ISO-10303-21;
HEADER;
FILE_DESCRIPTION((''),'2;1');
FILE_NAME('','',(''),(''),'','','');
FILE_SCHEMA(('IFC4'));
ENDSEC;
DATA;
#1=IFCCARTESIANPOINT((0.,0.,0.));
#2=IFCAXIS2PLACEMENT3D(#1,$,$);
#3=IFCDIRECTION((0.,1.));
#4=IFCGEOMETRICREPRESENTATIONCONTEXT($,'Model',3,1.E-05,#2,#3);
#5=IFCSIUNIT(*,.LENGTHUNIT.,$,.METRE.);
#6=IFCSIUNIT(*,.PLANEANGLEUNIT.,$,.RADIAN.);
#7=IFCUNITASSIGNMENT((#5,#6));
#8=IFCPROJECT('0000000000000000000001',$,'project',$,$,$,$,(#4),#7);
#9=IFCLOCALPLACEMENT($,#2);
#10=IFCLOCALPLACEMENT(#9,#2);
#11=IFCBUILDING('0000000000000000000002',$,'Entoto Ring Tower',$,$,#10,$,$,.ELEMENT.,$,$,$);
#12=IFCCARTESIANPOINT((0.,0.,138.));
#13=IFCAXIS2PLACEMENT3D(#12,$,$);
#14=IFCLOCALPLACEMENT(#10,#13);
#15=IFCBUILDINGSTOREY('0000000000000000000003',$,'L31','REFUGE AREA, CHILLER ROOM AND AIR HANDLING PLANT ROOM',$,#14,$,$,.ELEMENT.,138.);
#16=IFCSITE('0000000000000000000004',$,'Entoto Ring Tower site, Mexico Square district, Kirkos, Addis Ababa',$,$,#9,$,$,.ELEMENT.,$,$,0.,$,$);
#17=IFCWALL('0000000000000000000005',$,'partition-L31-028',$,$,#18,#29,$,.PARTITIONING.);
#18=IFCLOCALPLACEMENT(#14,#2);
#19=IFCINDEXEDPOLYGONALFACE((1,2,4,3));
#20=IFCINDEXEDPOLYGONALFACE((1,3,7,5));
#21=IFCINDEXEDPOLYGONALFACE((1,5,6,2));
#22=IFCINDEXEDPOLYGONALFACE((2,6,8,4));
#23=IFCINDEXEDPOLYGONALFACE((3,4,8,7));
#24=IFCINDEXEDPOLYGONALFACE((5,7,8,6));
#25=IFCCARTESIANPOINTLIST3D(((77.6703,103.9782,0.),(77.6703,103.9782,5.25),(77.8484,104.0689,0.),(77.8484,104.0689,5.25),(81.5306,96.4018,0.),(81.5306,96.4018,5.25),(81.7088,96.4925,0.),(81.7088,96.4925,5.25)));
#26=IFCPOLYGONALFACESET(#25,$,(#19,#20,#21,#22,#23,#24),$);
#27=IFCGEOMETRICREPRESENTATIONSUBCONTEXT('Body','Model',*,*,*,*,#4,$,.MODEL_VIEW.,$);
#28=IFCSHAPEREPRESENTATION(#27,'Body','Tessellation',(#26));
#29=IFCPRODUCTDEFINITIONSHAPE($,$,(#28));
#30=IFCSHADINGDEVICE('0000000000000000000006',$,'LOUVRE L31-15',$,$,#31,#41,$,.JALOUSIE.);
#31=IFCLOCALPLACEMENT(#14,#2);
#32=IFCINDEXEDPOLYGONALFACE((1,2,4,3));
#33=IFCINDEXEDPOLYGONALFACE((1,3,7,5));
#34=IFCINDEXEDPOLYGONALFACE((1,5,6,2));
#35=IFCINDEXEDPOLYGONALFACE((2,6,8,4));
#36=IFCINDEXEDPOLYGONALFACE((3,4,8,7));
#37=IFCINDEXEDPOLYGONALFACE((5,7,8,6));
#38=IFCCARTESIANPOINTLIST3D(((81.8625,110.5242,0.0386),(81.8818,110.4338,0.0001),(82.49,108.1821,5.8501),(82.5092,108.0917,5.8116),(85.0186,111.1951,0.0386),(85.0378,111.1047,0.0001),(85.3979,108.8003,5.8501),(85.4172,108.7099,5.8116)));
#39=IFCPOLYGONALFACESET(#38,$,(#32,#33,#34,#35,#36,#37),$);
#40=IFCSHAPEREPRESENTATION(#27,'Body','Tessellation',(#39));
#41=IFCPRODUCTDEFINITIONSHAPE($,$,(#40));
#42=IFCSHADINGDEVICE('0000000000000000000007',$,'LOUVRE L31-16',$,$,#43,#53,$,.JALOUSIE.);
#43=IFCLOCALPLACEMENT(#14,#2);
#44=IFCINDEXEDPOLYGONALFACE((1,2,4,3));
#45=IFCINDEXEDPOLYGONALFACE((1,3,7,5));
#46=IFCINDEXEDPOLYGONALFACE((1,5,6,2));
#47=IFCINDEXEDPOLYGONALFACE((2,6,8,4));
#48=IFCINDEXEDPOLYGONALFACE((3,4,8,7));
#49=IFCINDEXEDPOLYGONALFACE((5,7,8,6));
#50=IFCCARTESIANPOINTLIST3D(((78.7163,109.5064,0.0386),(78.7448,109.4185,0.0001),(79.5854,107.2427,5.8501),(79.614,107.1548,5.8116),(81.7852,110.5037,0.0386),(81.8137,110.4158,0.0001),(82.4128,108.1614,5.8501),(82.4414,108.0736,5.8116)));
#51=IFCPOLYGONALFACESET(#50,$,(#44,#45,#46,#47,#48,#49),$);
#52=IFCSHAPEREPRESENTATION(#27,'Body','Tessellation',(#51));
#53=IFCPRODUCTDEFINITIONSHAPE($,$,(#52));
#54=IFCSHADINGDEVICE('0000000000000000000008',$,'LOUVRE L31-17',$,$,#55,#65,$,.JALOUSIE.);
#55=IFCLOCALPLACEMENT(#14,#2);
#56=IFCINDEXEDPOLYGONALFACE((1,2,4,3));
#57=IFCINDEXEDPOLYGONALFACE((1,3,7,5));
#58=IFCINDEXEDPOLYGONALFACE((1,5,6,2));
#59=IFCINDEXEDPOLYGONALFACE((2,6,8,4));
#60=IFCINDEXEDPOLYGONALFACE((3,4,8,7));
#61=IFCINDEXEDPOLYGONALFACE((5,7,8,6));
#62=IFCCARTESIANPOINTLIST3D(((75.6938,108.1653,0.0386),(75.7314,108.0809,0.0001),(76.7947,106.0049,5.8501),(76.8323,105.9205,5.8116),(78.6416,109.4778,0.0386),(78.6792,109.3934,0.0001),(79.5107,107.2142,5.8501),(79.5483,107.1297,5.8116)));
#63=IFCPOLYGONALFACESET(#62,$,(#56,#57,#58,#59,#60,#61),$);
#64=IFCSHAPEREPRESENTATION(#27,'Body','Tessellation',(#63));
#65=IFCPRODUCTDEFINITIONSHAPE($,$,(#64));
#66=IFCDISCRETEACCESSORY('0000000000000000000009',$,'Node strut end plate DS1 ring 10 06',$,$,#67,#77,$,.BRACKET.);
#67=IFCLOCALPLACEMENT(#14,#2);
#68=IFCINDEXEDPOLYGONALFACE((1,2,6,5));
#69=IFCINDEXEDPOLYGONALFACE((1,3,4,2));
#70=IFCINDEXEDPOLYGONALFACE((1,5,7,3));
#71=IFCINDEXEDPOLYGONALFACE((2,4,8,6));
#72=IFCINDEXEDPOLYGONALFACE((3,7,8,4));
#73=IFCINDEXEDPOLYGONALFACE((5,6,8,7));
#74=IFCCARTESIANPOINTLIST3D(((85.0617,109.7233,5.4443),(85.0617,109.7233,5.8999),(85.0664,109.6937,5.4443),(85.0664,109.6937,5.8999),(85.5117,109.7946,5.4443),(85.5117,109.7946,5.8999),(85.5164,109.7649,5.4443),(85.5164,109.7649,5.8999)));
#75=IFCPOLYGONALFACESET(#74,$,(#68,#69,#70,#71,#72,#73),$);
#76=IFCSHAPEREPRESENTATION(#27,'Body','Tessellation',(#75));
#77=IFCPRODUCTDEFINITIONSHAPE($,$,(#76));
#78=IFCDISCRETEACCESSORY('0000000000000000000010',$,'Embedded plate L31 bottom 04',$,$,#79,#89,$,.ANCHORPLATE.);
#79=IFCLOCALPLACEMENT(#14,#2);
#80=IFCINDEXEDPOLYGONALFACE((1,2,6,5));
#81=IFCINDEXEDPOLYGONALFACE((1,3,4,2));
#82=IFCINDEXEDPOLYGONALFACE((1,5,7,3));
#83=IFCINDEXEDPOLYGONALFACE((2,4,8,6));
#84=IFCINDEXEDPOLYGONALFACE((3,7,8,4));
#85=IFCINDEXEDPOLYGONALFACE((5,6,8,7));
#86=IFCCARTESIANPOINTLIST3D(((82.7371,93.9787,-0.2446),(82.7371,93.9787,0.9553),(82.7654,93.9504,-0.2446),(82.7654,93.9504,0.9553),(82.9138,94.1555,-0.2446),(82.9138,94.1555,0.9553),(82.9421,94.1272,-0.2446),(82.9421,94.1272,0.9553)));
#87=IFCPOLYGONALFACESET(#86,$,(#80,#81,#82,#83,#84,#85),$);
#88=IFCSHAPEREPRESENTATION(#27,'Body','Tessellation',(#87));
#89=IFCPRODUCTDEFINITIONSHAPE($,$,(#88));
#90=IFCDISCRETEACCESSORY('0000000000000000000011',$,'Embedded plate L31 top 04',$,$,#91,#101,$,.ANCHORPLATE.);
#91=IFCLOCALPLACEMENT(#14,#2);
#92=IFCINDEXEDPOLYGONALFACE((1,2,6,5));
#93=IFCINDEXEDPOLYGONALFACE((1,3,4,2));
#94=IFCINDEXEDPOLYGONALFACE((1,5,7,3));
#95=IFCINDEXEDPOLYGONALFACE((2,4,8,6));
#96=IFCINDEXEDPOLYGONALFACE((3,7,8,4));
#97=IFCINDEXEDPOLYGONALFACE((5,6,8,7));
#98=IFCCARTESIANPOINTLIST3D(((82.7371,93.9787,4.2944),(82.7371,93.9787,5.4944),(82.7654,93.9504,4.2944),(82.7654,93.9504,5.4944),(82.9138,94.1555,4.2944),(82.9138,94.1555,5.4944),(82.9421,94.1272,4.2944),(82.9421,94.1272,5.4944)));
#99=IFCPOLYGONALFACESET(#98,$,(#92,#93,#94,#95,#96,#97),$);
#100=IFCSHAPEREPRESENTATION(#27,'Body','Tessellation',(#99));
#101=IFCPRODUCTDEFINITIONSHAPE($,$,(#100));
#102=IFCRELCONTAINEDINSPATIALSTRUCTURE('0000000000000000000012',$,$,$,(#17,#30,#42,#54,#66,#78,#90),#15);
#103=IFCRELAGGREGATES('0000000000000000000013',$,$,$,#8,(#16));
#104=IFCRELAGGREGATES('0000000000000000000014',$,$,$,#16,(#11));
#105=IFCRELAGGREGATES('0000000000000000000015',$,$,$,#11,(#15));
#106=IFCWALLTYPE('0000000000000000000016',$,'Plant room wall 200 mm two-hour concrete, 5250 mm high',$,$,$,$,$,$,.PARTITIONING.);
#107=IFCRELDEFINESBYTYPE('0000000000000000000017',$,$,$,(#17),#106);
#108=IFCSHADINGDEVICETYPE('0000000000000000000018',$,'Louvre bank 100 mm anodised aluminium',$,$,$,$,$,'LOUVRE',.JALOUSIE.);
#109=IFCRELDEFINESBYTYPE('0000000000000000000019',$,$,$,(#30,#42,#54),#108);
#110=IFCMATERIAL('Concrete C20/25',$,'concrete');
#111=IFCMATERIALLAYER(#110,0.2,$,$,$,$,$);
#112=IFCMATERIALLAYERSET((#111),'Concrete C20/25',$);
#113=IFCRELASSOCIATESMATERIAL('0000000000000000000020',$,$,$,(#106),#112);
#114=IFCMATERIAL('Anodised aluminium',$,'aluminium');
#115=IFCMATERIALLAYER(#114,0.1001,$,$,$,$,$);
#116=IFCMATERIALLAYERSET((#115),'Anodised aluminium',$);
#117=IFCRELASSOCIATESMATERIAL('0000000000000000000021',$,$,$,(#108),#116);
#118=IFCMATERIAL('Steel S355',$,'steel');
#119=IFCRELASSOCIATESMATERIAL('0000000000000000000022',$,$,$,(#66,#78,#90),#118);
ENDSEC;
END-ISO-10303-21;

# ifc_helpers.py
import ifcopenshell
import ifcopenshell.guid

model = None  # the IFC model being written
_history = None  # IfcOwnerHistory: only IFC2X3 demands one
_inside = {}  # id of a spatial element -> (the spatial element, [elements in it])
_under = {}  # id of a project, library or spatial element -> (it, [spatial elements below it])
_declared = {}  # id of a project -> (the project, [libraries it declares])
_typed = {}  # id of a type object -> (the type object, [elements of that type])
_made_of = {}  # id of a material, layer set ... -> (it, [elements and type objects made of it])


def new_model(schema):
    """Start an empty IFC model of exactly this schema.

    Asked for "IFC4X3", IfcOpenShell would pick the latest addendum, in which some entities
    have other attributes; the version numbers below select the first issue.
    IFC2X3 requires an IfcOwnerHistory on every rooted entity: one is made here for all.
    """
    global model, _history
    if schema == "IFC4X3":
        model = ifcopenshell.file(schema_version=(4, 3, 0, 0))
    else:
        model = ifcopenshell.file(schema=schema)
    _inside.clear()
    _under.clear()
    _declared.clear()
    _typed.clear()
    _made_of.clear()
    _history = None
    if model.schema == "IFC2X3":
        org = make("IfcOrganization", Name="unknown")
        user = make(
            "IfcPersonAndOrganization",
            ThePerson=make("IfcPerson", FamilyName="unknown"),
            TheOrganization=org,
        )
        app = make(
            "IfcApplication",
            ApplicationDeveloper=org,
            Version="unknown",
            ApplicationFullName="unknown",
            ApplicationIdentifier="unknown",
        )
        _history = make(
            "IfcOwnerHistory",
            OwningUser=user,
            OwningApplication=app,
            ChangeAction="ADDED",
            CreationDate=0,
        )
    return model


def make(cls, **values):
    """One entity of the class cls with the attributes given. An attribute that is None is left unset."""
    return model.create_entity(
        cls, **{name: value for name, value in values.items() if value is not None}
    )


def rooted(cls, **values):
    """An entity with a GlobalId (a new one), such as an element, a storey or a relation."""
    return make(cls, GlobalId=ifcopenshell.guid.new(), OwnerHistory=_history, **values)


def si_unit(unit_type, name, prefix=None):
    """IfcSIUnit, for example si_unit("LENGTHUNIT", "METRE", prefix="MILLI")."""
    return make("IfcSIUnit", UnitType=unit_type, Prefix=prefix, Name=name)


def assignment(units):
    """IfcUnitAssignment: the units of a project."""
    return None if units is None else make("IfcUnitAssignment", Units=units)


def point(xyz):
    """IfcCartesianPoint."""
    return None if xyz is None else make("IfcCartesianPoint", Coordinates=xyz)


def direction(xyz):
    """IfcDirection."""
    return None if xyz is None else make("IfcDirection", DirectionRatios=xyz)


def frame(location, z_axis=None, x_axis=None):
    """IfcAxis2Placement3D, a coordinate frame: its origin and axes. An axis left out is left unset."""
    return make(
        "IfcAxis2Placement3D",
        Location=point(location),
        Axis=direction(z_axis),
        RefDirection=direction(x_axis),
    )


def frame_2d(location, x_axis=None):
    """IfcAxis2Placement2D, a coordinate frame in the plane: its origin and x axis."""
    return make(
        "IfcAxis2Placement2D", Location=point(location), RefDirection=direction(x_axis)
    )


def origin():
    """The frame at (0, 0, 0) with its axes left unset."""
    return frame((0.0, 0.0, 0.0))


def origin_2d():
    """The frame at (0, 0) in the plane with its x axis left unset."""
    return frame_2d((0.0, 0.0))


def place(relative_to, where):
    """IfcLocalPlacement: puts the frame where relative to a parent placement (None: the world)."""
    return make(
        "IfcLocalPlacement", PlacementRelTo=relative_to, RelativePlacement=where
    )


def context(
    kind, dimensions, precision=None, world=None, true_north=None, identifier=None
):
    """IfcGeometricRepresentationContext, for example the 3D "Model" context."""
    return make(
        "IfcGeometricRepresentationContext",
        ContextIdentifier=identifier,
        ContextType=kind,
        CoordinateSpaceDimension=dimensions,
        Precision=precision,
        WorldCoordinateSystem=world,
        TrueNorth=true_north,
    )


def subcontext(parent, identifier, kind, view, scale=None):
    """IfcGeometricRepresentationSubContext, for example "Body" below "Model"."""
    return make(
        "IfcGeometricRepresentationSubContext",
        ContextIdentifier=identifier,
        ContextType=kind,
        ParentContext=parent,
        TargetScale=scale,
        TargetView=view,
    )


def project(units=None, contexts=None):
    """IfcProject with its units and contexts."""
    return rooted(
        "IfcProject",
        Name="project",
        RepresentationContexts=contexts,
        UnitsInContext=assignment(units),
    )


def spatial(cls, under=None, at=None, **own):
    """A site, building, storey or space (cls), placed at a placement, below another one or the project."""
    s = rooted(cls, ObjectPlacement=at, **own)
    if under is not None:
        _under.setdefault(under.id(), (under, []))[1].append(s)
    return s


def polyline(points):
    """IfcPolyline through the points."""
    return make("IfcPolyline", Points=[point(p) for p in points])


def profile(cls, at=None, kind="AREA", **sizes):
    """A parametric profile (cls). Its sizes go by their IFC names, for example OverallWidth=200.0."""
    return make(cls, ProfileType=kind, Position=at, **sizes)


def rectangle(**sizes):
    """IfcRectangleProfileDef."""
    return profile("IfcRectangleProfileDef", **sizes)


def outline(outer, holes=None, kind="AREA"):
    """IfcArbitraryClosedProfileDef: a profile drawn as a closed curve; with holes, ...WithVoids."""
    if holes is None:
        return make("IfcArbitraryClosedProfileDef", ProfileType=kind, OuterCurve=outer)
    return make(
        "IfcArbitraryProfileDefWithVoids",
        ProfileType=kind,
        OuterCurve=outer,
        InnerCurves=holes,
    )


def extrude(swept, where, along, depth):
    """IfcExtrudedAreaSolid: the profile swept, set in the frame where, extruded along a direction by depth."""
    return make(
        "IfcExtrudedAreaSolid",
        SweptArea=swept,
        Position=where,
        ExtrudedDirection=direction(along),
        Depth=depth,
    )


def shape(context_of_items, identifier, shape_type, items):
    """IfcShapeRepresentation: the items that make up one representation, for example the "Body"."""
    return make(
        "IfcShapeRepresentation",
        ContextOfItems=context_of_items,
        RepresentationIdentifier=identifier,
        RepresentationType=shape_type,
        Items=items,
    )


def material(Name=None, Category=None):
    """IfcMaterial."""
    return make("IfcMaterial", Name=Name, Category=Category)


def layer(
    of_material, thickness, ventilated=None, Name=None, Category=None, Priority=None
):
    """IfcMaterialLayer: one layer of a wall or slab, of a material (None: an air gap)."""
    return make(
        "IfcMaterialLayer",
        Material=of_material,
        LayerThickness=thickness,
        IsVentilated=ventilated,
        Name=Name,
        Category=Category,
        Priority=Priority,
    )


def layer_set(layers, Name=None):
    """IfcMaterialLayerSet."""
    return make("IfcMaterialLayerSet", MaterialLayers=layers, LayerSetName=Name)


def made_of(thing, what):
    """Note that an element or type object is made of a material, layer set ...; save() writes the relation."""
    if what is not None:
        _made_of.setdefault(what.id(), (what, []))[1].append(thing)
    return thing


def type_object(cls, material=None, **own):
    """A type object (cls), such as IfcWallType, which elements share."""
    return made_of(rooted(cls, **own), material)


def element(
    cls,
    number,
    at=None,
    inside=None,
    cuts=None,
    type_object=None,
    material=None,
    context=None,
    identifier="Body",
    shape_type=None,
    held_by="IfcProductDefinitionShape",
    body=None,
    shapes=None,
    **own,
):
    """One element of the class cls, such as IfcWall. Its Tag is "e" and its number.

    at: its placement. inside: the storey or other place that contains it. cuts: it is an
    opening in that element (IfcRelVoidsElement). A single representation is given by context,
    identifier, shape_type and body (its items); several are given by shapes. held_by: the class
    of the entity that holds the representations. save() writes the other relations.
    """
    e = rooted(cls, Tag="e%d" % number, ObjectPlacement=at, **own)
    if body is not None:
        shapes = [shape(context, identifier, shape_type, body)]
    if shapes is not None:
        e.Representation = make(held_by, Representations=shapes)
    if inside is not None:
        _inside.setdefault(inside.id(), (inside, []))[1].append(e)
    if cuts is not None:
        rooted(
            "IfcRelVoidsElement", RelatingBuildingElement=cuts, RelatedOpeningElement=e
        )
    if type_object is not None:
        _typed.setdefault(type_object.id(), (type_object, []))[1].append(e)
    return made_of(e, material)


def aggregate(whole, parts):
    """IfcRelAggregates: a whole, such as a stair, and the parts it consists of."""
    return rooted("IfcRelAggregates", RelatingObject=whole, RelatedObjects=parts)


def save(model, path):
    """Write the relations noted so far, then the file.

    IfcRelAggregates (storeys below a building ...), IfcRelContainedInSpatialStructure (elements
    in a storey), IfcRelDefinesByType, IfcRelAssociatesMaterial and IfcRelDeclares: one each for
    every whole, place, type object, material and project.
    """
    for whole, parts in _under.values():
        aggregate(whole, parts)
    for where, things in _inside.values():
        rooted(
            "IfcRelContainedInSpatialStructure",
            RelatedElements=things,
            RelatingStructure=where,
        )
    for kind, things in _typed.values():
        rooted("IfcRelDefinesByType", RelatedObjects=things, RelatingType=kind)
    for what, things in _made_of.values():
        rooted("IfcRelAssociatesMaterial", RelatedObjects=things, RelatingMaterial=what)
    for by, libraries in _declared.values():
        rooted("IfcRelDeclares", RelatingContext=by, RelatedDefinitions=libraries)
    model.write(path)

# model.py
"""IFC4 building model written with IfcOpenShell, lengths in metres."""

from ifc_helpers import new_model, si_unit, direction, frame, frame_2d, origin, origin_2d, place, context, subcontext, project, spatial, polyline, rectangle, outline, extrude, material, layer, layer_set, type_object, element, save


model = new_model("IFC4")

# Units and contexts
model_context = context("Model", 3, precision=1e-05, world=origin(), true_north=direction((0.0, 1.0)))
body_context = subcontext(model_context, "Body", "Model", "MODEL_VIEW")
ifc_project = project(units=[si_unit("LENGTHUNIT", "METRE"), si_unit("PLANEANGLEUNIT", "RADIAN")], contexts=[model_context])

# Site, building, storey
site_placement = place(None, origin())
site = spatial("IfcSite", under=ifc_project, at=site_placement, Name="Entoto Ring Tower site, Mexico Square district, Kirkos, Addis Ababa", CompositionType="ELEMENT", RefElevation=0.0)
building_placement = place(site_placement, origin())
building = spatial("IfcBuilding", under=site, at=building_placement, Name="Entoto Ring Tower", CompositionType="ELEMENT")
storey_placement = place(building_placement, frame((0.0, 0.0, 138.0)))
storey = spatial("IfcBuildingStorey", under=building, at=storey_placement, Name="L31", Description="REFUGE AREA, CHILLER ROOM AND AIR HANDLING PLANT ROOM", CompositionType="ELEMENT", Elevation=138.0)

# Wall
ifc_material_1 = material(Name="Concrete C20/25", Category="concrete")
ifc_layer_1 = layer(ifc_material_1, 0.2)
ifc_layer_set_1 = layer_set([ifc_layer_1], Name="Concrete C20/25")
wall_type_1 = type_object("IfcWallType", Name="Plant room wall 200 mm two-hour concrete, 5250 mm high", PredefinedType="PARTITIONING", material=ifc_layer_set_1)
wall_1_placement = place(storey_placement, frame((81.6196, 96.4473, 0.0), z_axis=(0.0, 0.0, 1.0), x_axis=(-0.453988, 0.891008, 0.0)))
element("IfcWall", 1, at=wall_1_placement, inside=storey, type_object=wall_type_1, Name="partition-L31-028", PredefinedType="PARTITIONING", context=body_context, shape_type="SweptSolid", body=[
    extrude(rectangle(XDim=8.5032, YDim=0.2, at=frame_2d((4.2515, 0.0))), origin(), (0.0, 0.0, 1.0), 5.25),
])

# Shading devices
ifc_material_2 = material(Name="Anodised aluminium", Category="aluminium")
ifc_layer_2 = layer(ifc_material_2, 0.1001)
ifc_layer_set_2 = layer_set([ifc_layer_2], Name="Anodised aluminium")
shading_device_type = type_object("IfcShadingDeviceType", Name="Louvre bank 100 mm anodised aluminium", ElementType="LOUVRE", PredefinedType="JALOUSIE", material=ifc_layer_set_2)
shading_device_1_placement = place(storey_placement, frame((85.0186, 111.1951, 0.0386), z_axis=(-0.191938, 0.90291, 0.384595), x_axis=(-0.978143, -0.207931, 0.0)))
element("IfcShadingDevice", 2, at=shading_device_1_placement, inside=storey, type_object=shading_device_type, Name="LOUVRE L31-15", PredefinedType="JALOUSIE", context=body_context, shape_type="SweptSolid", body=[
    extrude(outline(polyline([(0.0, 0.0), (3.2265, 0.0), (3.0998, 6.2958), (0.1268, 6.2958), (0.0, 0.0)])), origin(), (0.0, 0.0, -1.0), 0.1001),
])
shading_device_2_placement = place(storey_placement, frame((81.7852, 110.5037, 0.0386), z_axis=(-0.285274, 0.877885, 0.384624), x_axis=(-0.951045, -0.309051, 0.000008)))
element("IfcShadingDevice", 3, at=shading_device_2_placement, inside=storey, type_object=shading_device_type, Name="LOUVRE L31-16", PredefinedType="JALOUSIE", context=body_context, shape_type="SweptSolid", body=[
    extrude(outline(polyline([(0.0, 0.0), (3.2268, 0.0), (3.0999, 6.2958), (0.127, 6.2959), (0.0, 0.0)])), origin(), (0.0, 0.0, -1.0), 0.1001),
])
shading_device_3_placement = place(storey_placement, frame((78.6416, 109.4778, 0.0386), z_axis=(-0.375454, 0.843273, 0.38461), x_axis=(-0.913542, -0.406743, 0.000006)))
element("IfcShadingDevice", 4, at=shading_device_3_placement, inside=storey, type_object=shading_device_type, Name="LOUVRE L31-17", PredefinedType="JALOUSIE", context=body_context, shape_type="SweptSolid", body=[
    extrude(outline(polyline([(0.0, 0.0), (3.2267, 0.0), (3.0999, 6.2958), (0.1268, 6.2958), (0.0, 0.0)])), origin(), (0.0, 0.0, -1.0), 0.1001),
])

# Discrete accessories
ifc_material_3 = material(Name="Steel S355", Category="steel")
discrete_accessory_placement = place(storey_placement, frame((85.2891, 109.7441, 5.4443), z_axis=(0.0, 0.0, 1.0), x_axis=(-0.156434, 0.987688, 0.0)))
element("IfcDiscreteAccessory", 5, at=discrete_accessory_placement, inside=storey, material=ifc_material_3, Name="Node strut end plate DS1 ring 10 06", PredefinedType="BRACKET", context=body_context, shape_type="SweptSolid", body=[
    extrude(rectangle(XDim=0.03, YDim=0.4556, at=origin_2d()), origin(), (0.0, 0.0, 1.0), 0.4556),
])
for number, where, z_axis, x_axis, name in (
    (6, (82.8396, 94.053, -0.2446), (0.0, 0.0, 1.0), (-0.707107, 0.707107, 0.0), "Embedded plate L31 bottom 04"),
    (7, (82.8396, 94.053, 4.2944), (0.0, 0.0, 1.0), (-0.707107, 0.707107, 0.0), "Embedded plate L31 top 04"),
):
    element("IfcDiscreteAccessory", number, at=place(storey_placement, frame(where, z_axis=z_axis, x_axis=x_axis)), inside=storey, material=ifc_material_3, Name=name, PredefinedType="ANCHORPLATE", context=body_context, shape_type="SweptSolid", body=[
        extrude(rectangle(XDim=0.04, YDim=0.25, at=origin_2d()), origin(), (0.0, 0.0, 1.0), 1.2),
    ])

save(model, "model.ifc")
